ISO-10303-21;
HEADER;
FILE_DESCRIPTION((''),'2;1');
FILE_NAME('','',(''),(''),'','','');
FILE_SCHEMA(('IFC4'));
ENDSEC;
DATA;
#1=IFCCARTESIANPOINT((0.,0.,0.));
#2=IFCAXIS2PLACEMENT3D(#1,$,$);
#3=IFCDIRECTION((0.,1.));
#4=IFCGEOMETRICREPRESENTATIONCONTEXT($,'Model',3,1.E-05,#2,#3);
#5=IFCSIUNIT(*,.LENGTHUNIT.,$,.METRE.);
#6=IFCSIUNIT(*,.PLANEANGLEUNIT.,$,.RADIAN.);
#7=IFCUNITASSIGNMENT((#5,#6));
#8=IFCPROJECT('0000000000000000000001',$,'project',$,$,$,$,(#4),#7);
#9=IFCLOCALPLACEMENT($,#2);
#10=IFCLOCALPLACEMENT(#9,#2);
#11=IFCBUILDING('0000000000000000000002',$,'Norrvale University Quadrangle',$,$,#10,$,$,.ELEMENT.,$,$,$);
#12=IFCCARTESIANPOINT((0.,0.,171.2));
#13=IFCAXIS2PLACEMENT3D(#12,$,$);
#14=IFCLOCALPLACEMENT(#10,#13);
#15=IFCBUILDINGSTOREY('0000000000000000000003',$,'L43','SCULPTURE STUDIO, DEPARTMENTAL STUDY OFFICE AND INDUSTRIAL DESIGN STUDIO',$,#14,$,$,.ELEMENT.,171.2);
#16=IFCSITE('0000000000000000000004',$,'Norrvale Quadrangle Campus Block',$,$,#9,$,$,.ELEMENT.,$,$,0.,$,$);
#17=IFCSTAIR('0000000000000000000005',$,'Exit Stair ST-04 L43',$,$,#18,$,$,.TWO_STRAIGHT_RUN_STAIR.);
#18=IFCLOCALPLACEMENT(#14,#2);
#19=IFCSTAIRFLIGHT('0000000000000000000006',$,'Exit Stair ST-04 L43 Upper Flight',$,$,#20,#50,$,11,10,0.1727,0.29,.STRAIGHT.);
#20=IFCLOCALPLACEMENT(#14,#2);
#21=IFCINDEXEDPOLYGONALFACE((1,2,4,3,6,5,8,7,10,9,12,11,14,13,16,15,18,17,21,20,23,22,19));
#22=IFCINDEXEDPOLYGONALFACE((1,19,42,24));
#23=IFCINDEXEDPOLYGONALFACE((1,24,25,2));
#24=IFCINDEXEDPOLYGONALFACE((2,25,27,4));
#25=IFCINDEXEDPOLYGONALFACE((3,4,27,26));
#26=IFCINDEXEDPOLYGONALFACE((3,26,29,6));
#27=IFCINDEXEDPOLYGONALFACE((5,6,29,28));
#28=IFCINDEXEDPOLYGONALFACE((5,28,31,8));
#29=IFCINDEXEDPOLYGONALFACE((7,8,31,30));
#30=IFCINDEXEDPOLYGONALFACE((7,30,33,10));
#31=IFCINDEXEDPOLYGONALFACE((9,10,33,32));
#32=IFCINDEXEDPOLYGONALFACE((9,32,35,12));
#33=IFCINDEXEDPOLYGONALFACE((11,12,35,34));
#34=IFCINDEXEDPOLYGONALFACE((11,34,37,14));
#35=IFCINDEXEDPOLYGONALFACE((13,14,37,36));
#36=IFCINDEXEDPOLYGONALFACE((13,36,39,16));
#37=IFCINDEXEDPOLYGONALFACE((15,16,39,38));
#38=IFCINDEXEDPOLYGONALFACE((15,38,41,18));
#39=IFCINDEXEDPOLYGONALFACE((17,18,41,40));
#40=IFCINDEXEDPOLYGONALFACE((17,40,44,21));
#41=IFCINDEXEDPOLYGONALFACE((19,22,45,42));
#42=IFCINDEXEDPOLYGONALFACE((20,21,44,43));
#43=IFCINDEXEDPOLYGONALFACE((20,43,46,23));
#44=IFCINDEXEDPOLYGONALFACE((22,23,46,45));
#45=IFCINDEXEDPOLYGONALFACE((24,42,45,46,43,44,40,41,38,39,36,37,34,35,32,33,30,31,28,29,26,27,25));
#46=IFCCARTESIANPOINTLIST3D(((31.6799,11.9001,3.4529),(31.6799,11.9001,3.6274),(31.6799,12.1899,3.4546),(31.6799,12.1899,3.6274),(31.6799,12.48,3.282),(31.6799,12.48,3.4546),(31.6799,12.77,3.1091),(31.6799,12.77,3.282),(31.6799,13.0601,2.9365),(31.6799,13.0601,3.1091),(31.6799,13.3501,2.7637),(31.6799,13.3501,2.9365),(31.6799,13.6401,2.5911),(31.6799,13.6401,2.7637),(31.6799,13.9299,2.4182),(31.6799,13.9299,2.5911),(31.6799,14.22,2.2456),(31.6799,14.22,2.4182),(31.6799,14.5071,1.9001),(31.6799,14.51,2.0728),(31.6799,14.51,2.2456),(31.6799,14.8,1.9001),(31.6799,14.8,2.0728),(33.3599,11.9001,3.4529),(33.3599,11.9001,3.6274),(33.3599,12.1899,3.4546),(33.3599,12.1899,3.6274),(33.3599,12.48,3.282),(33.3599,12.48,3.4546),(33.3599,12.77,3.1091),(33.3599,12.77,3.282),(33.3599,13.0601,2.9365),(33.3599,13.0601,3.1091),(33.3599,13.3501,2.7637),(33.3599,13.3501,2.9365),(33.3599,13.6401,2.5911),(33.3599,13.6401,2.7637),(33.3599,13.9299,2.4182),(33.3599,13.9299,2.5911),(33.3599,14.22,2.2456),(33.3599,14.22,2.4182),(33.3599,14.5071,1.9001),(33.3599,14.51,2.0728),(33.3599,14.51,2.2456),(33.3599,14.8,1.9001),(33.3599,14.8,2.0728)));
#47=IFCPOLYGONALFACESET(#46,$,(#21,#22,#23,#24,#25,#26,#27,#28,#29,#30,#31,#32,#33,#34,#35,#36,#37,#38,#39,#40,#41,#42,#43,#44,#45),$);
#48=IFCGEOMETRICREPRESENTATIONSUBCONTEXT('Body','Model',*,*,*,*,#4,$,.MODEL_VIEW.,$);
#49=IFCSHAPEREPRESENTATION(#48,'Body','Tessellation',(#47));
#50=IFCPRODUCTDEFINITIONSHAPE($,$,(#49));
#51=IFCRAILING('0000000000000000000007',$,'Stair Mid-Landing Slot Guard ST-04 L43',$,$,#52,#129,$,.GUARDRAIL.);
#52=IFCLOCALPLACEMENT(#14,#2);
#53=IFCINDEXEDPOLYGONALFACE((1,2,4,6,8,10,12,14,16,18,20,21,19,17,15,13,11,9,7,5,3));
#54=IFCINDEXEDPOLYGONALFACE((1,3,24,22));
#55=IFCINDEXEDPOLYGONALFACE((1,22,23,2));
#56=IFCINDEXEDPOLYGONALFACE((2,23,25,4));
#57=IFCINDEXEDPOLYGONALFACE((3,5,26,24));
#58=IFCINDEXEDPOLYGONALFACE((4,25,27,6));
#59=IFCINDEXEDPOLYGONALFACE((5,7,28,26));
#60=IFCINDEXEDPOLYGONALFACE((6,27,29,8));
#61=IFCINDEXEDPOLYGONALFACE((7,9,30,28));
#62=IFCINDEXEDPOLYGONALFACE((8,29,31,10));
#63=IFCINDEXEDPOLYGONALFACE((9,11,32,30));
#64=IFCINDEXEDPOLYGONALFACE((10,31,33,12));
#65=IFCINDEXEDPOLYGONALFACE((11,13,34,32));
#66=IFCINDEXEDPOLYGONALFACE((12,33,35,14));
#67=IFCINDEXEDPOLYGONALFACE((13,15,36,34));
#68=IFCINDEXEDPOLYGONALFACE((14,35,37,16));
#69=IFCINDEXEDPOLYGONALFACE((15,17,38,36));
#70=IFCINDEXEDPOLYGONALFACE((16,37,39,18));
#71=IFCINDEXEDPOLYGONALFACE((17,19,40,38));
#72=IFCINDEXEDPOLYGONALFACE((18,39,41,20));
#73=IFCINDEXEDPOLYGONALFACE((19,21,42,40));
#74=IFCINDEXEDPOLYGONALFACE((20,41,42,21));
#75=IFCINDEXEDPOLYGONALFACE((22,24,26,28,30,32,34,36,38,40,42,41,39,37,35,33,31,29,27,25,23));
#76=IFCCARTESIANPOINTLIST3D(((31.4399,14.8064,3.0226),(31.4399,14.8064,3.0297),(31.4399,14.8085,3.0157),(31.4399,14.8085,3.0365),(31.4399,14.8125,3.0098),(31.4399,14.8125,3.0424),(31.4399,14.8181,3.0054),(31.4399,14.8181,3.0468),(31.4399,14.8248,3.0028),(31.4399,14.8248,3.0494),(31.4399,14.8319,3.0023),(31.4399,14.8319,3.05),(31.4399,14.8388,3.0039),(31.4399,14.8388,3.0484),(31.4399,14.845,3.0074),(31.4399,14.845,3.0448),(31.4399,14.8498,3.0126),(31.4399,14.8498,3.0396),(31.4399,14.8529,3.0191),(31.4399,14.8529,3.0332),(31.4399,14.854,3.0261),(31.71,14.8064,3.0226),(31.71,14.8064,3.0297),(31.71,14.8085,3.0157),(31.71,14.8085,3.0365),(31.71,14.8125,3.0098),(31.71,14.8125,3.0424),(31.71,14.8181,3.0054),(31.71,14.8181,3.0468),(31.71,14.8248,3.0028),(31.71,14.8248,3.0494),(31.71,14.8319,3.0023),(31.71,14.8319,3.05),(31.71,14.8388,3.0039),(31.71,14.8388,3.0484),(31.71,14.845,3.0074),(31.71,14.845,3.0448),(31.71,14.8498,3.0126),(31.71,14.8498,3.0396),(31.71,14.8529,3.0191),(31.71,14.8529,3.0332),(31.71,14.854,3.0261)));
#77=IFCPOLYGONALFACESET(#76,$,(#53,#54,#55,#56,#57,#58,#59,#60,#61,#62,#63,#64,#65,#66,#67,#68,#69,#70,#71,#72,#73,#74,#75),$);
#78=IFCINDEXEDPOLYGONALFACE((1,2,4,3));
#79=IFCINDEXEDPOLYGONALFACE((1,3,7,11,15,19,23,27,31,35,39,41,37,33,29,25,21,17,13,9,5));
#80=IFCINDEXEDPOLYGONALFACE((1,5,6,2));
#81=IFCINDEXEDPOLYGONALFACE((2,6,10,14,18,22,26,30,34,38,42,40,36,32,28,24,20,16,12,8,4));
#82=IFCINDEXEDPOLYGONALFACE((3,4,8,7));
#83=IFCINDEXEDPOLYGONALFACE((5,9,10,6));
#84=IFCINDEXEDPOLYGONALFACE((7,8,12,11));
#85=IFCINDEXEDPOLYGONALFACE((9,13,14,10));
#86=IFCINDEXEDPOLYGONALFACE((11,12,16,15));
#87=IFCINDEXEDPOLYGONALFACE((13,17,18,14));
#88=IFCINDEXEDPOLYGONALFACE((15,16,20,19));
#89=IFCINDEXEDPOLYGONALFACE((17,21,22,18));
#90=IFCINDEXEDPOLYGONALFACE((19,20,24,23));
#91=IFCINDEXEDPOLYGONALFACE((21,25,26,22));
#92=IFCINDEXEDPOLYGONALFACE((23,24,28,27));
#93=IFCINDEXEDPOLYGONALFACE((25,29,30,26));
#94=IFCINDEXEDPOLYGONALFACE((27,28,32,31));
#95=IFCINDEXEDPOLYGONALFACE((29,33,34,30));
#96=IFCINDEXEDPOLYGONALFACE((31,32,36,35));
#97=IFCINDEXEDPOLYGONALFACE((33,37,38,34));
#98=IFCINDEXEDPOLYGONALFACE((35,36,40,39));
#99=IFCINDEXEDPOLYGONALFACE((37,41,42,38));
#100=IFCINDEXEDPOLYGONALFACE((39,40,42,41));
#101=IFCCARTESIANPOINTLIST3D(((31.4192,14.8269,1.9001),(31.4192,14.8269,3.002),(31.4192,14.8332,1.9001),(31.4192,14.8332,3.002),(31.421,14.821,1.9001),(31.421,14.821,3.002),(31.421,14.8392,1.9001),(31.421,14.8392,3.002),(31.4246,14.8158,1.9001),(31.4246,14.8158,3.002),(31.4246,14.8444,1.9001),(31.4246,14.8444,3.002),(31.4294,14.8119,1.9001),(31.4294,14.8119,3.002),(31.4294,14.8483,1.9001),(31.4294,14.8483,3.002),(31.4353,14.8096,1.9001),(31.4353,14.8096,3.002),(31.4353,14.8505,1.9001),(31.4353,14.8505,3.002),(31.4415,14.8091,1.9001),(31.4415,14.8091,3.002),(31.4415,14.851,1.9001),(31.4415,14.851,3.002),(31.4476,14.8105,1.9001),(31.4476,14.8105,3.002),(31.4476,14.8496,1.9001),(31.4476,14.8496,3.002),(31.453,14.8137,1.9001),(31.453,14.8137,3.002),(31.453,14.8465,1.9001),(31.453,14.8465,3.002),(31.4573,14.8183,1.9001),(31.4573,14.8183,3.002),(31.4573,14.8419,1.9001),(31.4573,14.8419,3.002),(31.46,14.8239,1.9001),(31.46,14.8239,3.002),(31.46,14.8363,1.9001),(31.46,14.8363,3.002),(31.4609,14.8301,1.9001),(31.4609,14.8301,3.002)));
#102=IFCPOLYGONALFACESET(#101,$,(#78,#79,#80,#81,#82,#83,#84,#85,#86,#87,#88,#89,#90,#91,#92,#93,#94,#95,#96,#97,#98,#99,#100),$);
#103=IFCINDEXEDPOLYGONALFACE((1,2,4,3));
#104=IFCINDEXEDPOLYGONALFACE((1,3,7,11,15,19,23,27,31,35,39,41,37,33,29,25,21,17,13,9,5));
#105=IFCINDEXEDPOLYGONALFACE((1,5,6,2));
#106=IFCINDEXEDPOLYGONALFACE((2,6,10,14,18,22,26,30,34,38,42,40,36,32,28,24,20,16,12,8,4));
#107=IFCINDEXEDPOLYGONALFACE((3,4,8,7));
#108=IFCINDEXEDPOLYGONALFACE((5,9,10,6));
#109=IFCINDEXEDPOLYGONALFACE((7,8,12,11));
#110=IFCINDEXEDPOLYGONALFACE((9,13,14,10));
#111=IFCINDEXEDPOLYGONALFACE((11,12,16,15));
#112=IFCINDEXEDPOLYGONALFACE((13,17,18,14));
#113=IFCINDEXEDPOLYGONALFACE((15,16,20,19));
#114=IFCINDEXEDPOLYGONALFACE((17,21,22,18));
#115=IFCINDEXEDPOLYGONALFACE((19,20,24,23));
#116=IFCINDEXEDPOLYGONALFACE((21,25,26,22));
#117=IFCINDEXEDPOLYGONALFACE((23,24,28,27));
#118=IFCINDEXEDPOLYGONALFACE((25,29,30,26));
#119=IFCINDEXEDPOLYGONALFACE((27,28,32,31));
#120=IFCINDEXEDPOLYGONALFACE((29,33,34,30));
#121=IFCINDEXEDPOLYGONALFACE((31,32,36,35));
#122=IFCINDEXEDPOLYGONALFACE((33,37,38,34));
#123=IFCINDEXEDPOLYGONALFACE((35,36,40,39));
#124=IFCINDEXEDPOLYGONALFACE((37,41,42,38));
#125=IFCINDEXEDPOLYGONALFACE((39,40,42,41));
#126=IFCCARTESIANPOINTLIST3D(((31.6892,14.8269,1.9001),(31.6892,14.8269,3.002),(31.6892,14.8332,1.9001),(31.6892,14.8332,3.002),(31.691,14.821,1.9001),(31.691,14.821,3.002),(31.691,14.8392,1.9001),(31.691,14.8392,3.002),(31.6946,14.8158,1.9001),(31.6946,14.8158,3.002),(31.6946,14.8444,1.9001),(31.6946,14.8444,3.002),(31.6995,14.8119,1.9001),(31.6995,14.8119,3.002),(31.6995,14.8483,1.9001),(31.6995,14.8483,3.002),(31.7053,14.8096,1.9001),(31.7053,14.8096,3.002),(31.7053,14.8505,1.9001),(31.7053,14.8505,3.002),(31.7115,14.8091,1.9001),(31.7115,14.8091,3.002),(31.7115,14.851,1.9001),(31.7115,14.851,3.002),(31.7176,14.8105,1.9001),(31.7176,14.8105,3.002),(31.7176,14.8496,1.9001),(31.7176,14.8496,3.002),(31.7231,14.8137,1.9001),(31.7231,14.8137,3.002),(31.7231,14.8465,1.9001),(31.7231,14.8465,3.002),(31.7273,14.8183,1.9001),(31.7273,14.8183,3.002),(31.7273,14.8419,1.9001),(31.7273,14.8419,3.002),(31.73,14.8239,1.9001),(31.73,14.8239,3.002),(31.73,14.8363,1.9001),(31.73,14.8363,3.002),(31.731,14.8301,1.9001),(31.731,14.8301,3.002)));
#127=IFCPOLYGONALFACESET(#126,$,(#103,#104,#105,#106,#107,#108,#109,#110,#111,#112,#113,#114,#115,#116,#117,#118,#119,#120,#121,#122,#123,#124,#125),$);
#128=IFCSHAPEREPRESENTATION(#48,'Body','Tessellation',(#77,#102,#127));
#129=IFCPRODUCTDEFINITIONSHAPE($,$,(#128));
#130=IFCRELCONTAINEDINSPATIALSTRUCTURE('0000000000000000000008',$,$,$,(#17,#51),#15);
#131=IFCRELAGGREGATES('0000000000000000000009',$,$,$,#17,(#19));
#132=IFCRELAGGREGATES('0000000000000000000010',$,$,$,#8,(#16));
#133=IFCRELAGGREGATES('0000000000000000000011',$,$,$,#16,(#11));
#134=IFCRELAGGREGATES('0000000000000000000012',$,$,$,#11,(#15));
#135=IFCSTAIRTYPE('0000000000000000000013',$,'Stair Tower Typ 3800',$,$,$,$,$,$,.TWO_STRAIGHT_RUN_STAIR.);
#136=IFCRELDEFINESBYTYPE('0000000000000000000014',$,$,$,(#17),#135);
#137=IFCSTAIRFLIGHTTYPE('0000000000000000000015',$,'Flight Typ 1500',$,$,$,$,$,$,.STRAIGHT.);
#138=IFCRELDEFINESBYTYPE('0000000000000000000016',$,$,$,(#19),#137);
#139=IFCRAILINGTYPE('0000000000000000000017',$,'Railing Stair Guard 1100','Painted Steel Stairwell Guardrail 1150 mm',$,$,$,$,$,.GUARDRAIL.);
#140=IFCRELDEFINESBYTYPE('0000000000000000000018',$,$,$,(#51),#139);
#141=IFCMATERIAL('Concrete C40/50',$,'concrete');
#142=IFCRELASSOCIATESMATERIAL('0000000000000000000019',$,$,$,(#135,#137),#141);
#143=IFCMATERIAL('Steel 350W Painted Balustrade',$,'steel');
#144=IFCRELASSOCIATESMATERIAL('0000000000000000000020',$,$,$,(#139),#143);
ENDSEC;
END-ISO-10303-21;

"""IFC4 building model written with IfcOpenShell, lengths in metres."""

from ifc_helpers import new_model, si_unit, direction, frame, origin, origin_2d, place, context, subcontext, project, spatial, polyline, circle, outline, extrude, material, type_object, element, aggregate, save


model = new_model("IFC4")

# Units and contexts
model_context = context("Model", 3, precision=1e-05, world=origin(), true_north=direction((0.0, 1.0)))
body_context = subcontext(model_context, "Body", "Model", "MODEL_VIEW")
ifc_project = project(units=[si_unit("LENGTHUNIT", "METRE"), si_unit("PLANEANGLEUNIT", "RADIAN")], contexts=[model_context])

# Site, building, storey
site_placement = place(None, origin())
site = spatial("IfcSite", under=ifc_project, at=site_placement, Name="Norrvale Quadrangle Campus Block", CompositionType="ELEMENT", RefElevation=0.0)
building_placement = place(site_placement, origin())
building = spatial("IfcBuilding", under=site, at=building_placement, Name="Norrvale University Quadrangle", CompositionType="ELEMENT")
storey_placement = place(building_placement, frame((0.0, 0.0, 171.2)))
storey = spatial("IfcBuildingStorey", under=building, at=storey_placement, Name="L43", Description="SCULPTURE STUDIO, DEPARTMENTAL STUDY OFFICE AND INDUSTRIAL DESIGN STUDIO", CompositionType="ELEMENT", Elevation=171.2)

# Stair, stair flight
ifc_material_1 = material(Name="Concrete C40/50", Category="concrete")
stair_type = type_object("IfcStairType", Name="Stair Tower Typ 3800", PredefinedType="TWO_STRAIGHT_RUN_STAIR", material=ifc_material_1)
stair_placement = place(storey_placement, origin())
stair = element("IfcStair", 1, at=stair_placement, inside=storey, type_object=stair_type, Name="Exit Stair ST-04 L43", PredefinedType="TWO_STRAIGHT_RUN_STAIR")
stair_flight_type = type_object("IfcStairFlightType", Name="Flight Typ 1500", PredefinedType="STRAIGHT", material=ifc_material_1)
stair_flight_placement = place(storey_placement, frame((32.52, 14.8, 1.9001), z_axis=(0.0, 0.0, 1.0), x_axis=(0.0, -1.0, 0.0)))
stair_flight = element("IfcStairFlight", 2, at=stair_flight_placement, type_object=stair_flight_type, Name="Exit Stair ST-04 L43 Upper Flight", NumberOfRisers=11, NumberOfTreads=10, PredefinedType="STRAIGHT", RiserHeight=0.1727, TreadLength=0.29, context=body_context, shape_type="SweptSolid", body=[
    extrude(outline(polyline([(0.0, 0.0), (0.0, 0.1726), (0.29, 0.1726), (0.29, 0.3455), (0.5801, 0.3455), (0.5801, 0.5181), (0.8701, 0.5181), (0.8701, 0.6909), (1.1599, 0.6909), (1.1599, 0.8635), (1.45, 0.8635), (1.45, 1.0364), (1.74, 1.0364), (1.74, 1.209), (2.03, 1.209), (2.03, 1.3818), (2.3201, 1.3818), (2.3201, 1.5544), (2.6101, 1.5544), (2.6101, 1.7273), (2.8999, 1.7273), (2.8999, 1.8999), (2.8999, 1.5527), (0.293, 0.0), (0.0, 0.0)])), frame((0.0, 0.8398, 0.0), z_axis=(0.0, -1.0, 0.0), x_axis=(1.0, 0.0, 0.0)), (0.0, 0.0, 1.0), 1.6799),
])
aggregate(stair, [stair_flight])

# Railing
ifc_material_2 = material(Name="Steel 350W Painted Balustrade", Category="steel")
railing_type_1 = type_object("IfcRailingType", Name="Railing Stair Guard 1100", Description="Painted Steel Stairwell Guardrail 1150 mm", PredefinedType="GUARDRAIL", material=ifc_material_2)
railing_1_placement = place(storey_placement, frame((31.4399, 14.8301, 1.9001)))
element("IfcRailing", 3, at=railing_1_placement, inside=storey, type_object=railing_type_1, Name="Stair Mid-Landing Slot Guard ST-04 L43", PredefinedType="GUARDRAIL", context=body_context, shape_type="SweptSolid", body=[
    extrude(circle(Radius=0.0239, at=origin_2d()), frame((0.0, 0.0, 1.126), z_axis=(1.0, 0.0, 0.0), x_axis=(0.0, 1.0, 0.0)), (0.0, 0.0, 1.0), 0.27),
    extrude(circle(Radius=0.021, at=origin_2d()), origin(), (0.0, 0.0, 1.0), 1.1018),
    extrude(circle(Radius=0.021, at=origin_2d()), frame((0.27, 0.0, 0.0)), (0.0, 0.0, 1.0), 1.1018),
])

save(model, "model.ifc")
